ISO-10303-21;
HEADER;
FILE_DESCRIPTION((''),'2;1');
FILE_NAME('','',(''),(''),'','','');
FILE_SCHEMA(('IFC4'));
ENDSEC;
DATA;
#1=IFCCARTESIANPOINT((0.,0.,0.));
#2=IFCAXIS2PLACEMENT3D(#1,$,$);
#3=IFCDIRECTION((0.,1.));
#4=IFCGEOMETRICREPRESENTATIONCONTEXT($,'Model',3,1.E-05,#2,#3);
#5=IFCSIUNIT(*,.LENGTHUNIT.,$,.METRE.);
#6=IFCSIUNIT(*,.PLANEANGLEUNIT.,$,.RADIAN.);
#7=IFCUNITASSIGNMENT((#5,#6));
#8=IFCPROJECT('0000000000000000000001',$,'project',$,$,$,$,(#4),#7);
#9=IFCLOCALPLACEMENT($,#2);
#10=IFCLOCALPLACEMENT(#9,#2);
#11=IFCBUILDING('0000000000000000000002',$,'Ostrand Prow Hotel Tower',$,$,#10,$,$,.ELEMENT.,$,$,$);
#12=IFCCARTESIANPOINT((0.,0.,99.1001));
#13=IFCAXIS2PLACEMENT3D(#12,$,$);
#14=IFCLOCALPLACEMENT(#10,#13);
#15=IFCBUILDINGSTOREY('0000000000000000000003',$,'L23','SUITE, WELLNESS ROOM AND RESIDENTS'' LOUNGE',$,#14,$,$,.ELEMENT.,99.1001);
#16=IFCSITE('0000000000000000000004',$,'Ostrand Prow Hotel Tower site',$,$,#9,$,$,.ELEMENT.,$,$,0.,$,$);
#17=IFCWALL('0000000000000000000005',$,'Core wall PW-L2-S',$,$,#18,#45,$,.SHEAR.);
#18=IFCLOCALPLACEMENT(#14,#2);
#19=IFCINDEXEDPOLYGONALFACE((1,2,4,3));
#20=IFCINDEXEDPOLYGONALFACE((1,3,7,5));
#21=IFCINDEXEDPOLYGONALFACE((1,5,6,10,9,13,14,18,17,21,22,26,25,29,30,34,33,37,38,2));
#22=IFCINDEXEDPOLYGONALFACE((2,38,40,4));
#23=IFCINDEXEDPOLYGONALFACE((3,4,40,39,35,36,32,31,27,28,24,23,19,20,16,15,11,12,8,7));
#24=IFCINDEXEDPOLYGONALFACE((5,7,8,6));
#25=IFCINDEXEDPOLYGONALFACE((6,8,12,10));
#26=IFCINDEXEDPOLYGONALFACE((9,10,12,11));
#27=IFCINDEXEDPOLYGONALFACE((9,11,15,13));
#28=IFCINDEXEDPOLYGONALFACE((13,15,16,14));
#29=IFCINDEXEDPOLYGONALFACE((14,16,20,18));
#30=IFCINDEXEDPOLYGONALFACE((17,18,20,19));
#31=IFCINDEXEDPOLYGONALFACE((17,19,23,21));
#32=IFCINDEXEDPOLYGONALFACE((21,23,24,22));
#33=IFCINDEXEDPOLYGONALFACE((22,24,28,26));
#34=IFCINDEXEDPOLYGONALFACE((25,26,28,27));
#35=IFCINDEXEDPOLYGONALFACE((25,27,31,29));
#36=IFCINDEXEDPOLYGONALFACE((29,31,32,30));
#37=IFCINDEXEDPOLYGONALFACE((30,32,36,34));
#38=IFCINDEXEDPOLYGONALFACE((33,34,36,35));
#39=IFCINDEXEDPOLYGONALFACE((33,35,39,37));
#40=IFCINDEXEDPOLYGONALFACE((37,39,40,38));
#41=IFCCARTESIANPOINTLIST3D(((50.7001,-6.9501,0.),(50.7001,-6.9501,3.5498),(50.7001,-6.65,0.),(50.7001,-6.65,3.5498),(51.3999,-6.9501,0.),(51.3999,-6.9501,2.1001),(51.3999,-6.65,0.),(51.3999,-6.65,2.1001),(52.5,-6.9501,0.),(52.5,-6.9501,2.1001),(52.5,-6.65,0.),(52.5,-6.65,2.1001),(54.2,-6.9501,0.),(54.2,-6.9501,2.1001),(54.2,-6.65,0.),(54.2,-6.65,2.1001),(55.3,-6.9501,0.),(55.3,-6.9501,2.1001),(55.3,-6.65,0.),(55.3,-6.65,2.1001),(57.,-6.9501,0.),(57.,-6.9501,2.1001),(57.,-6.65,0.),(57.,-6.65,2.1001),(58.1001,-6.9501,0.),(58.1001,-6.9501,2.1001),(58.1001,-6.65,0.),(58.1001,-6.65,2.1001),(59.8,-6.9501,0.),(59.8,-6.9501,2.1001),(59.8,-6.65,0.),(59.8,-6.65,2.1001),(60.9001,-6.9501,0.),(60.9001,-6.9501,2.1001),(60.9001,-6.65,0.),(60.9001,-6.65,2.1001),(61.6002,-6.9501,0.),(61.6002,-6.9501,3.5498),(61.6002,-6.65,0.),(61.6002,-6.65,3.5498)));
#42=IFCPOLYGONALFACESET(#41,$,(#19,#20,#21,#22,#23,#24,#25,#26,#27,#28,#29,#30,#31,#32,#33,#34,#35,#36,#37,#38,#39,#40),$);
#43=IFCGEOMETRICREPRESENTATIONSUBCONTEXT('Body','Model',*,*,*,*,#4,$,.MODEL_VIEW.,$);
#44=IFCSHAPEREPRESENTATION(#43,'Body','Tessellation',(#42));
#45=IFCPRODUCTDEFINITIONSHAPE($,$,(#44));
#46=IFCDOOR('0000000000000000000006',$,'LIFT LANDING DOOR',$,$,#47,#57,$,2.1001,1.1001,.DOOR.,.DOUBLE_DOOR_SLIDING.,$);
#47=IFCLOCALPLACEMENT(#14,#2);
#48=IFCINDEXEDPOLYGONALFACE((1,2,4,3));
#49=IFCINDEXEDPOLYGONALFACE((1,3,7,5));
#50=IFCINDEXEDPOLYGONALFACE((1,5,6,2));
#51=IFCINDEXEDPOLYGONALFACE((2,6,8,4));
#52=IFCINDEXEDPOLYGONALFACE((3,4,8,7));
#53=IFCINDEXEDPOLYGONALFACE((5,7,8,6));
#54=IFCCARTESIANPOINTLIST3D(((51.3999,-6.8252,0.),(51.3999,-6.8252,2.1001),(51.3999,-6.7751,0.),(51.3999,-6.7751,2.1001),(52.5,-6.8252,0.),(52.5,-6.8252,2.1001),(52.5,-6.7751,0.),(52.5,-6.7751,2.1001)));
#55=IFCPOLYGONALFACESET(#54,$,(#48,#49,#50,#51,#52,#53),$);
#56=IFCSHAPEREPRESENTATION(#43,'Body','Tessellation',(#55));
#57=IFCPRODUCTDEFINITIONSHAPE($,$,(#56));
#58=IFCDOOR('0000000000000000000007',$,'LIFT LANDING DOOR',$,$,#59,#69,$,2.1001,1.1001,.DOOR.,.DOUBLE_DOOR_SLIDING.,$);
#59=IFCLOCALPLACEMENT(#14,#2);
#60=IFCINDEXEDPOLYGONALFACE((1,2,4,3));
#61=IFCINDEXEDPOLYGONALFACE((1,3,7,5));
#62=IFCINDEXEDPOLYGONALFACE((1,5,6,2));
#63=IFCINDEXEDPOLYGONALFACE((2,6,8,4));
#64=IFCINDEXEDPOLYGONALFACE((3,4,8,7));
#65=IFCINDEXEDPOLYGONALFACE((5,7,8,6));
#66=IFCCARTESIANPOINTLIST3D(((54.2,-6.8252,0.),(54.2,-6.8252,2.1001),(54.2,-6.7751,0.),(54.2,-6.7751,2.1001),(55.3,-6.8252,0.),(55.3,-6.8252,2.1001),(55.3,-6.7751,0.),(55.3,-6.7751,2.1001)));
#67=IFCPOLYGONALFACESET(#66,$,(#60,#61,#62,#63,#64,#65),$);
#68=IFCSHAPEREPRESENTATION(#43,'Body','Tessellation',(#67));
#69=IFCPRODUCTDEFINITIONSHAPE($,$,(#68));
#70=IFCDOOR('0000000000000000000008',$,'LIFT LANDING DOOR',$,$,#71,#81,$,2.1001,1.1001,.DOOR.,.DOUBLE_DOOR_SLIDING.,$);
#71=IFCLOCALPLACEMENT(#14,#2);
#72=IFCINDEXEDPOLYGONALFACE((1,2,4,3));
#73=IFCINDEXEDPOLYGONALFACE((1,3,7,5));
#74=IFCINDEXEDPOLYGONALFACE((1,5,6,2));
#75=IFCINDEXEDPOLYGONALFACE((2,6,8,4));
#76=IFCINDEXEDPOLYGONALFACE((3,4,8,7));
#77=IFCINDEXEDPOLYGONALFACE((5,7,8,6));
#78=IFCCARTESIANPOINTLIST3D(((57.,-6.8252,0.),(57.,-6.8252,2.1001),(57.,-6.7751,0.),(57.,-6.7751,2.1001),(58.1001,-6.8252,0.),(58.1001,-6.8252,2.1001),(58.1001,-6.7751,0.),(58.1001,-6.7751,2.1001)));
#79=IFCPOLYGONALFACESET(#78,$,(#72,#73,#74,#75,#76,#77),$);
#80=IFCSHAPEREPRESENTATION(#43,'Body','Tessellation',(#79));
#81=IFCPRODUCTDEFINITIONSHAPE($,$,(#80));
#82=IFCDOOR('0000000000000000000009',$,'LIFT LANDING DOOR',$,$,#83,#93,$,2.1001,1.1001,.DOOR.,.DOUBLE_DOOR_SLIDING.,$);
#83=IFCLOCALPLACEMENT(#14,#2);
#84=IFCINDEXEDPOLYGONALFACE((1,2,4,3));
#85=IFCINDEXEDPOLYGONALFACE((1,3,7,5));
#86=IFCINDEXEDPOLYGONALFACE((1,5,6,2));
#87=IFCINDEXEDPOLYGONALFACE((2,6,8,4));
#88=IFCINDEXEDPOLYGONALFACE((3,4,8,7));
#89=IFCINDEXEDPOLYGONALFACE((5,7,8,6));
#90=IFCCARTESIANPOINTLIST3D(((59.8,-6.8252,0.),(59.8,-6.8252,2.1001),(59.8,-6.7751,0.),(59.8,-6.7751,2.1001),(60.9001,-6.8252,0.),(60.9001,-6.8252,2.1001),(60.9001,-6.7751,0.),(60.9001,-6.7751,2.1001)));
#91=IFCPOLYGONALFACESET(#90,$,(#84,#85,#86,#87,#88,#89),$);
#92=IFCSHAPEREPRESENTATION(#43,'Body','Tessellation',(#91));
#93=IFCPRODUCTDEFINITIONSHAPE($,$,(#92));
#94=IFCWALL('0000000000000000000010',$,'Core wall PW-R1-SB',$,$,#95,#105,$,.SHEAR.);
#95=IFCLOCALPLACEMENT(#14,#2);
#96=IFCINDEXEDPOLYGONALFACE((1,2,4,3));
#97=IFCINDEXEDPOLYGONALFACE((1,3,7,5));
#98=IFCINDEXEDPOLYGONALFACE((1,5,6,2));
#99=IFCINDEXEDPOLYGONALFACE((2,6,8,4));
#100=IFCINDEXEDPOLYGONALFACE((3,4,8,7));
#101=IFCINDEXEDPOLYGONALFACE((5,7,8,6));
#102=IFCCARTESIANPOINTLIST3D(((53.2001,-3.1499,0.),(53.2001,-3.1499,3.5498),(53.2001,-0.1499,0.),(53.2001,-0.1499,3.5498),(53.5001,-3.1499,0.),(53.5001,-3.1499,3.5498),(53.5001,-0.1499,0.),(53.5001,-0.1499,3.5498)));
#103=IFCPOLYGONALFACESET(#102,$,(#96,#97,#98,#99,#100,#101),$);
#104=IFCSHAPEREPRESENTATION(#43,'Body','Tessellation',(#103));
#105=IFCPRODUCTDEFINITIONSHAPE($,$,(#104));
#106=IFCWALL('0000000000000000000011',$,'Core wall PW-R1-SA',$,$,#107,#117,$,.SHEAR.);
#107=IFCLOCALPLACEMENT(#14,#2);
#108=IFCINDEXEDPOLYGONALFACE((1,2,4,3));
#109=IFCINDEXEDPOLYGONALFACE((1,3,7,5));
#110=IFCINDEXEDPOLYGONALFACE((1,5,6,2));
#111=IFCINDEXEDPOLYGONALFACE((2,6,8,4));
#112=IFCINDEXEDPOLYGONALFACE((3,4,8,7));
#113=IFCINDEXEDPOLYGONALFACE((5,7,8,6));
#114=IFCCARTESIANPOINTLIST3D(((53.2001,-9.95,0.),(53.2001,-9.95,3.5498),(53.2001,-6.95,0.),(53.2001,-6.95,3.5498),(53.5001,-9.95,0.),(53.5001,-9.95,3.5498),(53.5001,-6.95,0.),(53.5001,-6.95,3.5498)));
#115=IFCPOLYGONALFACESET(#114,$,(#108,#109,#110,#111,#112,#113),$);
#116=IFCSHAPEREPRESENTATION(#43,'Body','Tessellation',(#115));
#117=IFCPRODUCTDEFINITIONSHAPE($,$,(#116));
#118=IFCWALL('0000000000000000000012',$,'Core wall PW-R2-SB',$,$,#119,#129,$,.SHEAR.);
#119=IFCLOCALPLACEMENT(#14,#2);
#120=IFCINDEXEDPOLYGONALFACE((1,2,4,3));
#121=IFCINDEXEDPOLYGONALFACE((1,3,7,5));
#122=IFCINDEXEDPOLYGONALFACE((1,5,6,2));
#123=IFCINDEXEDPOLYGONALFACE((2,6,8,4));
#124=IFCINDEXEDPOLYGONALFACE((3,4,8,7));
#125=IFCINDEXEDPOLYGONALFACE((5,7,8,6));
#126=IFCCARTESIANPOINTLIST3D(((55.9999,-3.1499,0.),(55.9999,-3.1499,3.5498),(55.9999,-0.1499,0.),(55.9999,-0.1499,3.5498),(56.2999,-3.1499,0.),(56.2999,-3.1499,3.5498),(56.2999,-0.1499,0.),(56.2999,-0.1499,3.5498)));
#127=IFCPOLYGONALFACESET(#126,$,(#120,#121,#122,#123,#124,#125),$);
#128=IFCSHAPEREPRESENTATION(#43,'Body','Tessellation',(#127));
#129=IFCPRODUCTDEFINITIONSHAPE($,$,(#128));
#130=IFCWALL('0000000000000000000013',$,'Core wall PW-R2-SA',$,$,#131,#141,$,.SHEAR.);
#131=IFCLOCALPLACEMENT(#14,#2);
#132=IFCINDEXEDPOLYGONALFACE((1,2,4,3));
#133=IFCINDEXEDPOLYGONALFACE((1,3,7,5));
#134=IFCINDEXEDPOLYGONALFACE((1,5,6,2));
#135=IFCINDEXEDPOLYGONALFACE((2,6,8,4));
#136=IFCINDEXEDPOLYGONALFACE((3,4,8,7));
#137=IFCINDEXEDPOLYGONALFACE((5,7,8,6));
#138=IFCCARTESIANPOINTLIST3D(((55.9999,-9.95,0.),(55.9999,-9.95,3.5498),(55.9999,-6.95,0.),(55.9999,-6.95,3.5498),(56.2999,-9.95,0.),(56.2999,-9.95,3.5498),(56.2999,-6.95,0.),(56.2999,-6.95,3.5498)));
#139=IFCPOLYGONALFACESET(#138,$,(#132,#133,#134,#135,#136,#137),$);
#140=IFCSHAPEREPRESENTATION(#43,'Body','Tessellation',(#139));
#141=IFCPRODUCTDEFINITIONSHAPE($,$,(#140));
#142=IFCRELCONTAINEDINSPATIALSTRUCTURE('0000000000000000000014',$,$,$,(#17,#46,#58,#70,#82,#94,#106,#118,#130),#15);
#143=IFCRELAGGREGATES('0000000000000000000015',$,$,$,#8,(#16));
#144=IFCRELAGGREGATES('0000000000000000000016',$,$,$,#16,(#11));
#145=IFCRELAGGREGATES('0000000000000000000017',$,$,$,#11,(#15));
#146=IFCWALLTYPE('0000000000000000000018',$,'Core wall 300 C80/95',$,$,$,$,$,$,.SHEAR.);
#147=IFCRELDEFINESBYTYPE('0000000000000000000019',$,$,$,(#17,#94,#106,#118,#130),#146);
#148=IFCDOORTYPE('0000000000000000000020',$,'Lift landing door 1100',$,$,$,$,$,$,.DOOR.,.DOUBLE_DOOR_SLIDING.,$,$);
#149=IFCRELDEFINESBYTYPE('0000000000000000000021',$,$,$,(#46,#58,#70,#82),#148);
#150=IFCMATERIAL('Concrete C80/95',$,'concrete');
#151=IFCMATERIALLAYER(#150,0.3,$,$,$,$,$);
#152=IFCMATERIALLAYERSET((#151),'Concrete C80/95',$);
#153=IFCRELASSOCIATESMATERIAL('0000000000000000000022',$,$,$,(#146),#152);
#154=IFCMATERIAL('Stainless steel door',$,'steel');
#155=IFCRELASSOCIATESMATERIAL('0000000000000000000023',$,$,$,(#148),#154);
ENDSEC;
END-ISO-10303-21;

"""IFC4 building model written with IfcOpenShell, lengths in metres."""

from ifc_helpers import new_model, si_unit, direction, frame, frame_2d, origin, place, context, subcontext, project, spatial, rectangle, extrude, material, layer, layer_set, type_object, element, fill, save


model = new_model("IFC4")

# Units and contexts
model_context = context("Model", 3, precision=1e-05, world=origin(), true_north=direction((0.0, 1.0)))
body_context = subcontext(model_context, "Body", "Model", "MODEL_VIEW")
ifc_project = project(units=[si_unit("LENGTHUNIT", "METRE"), si_unit("PLANEANGLEUNIT", "RADIAN")], contexts=[model_context])

# Site, building, storey
site_placement = place(None, origin())
site = spatial("IfcSite", under=ifc_project, at=site_placement, Name="Ostrand Prow Hotel Tower site", CompositionType="ELEMENT", RefElevation=0.0)
building_placement = place(site_placement, origin())
building = spatial("IfcBuilding", under=site, at=building_placement, Name="Ostrand Prow Hotel Tower", CompositionType="ELEMENT")
storey_placement = place(building_placement, frame((0.0, 0.0, 99.1001)))
storey = spatial("IfcBuildingStorey", under=building, at=storey_placement, Name="L23", Description="SUITE, WELLNESS ROOM AND RESIDENTS' LOUNGE", CompositionType="ELEMENT", Elevation=99.1001)

# Shared definitions
ifc_material_1 = material(Name="Concrete C80/95", Category="concrete")
ifc_layer_1 = layer(ifc_material_1, 0.3)
ifc_layer_set_1 = layer_set([ifc_layer_1], Name="Concrete C80/95")
wall_type_1 = type_object("IfcWallType", Name="Core wall 300 C80/95", PredefinedType="SHEAR", material=ifc_layer_set_1)

# Wall, openings, doors
wall_1_placement = place(storey_placement, frame((50.7, -6.8, 0.0), z_axis=(0.0, 0.0, 1.0), x_axis=(1.0, 0.0, 0.0)))
wall_1 = element("IfcWall", 1, at=wall_1_placement, inside=storey, type_object=wall_type_1, Name="Core wall PW-L2-S", PredefinedType="SHEAR", context=body_context, shape_type="SweptSolid", body=[
    extrude(rectangle(XDim=10.9001, YDim=0.3, at=frame_2d((5.4502, 0.0))), origin(), (0.0, 0.0, 1.0), 3.5498),
])
opening_1_placement = place(wall_1_placement, frame((0.7, 0.0, 0.0)))
opening_1 = element("IfcOpeningElement", 2, at=opening_1_placement, cuts=wall_1, PredefinedType="OPENING", context=body_context, shape_type="SweptSolid", body=[
    extrude(rectangle(XDim=1.1001, YDim=2.1001, at=frame_2d((0.55, 1.05))), frame((0.0, 0.1599, 0.0), z_axis=(0.0, -1.0, 0.0), x_axis=(1.0, 0.0, 0.0)), (0.0, 0.0, 1.0), 0.3201),
])
opening_2_placement = place(wall_1_placement, frame((3.5, 0.0, 0.0)))
opening_2 = element("IfcOpeningElement", 3, at=opening_2_placement, cuts=wall_1, PredefinedType="OPENING", context=body_context, shape_type="SweptSolid", body=[
    extrude(rectangle(XDim=1.1001, YDim=2.1001, at=frame_2d((0.55, 1.05))), frame((0.0, 0.1599, 0.0), z_axis=(0.0, -1.0, 0.0), x_axis=(1.0, 0.0, 0.0)), (0.0, 0.0, 1.0), 0.3201),
])
opening_3_placement = place(wall_1_placement, frame((6.3, 0.0, 0.0)))
opening_3 = element("IfcOpeningElement", 4, at=opening_3_placement, cuts=wall_1, PredefinedType="OPENING", context=body_context, shape_type="SweptSolid", body=[
    extrude(rectangle(XDim=1.1001, YDim=2.1001, at=frame_2d((0.55, 1.05))), frame((0.0, 0.1599, 0.0), z_axis=(0.0, -1.0, 0.0), x_axis=(1.0, 0.0, 0.0)), (0.0, 0.0, 1.0), 0.3201),
])
opening_4_placement = place(wall_1_placement, frame((9.1001, 0.0, 0.0)))
opening_4 = element("IfcOpeningElement", 5, at=opening_4_placement, cuts=wall_1, PredefinedType="OPENING", context=body_context, shape_type="SweptSolid", body=[
    extrude(rectangle(XDim=1.1001, YDim=2.1001, at=frame_2d((0.55, 1.05))), frame((0.0, 0.1599, 0.0), z_axis=(0.0, -1.0, 0.0), x_axis=(1.0, 0.0, 0.0)), (0.0, 0.0, 1.0), 0.3201),
])
ifc_material_2 = material(Name="Stainless steel door", Category="steel")
door_type_1 = type_object("IfcDoorType", Name="Lift landing door 1100", OperationType="DOUBLE_DOOR_SLIDING", PredefinedType="DOOR", material=ifc_material_2)
door_1_placement = place(opening_1_placement, origin())
door_1 = element("IfcDoor", 6, at=door_1_placement, inside=storey, type_object=door_type_1, Name="LIFT LANDING DOOR", OperationType="DOUBLE_DOOR_SLIDING", OverallHeight=2.1001, OverallWidth=1.1001, PredefinedType="DOOR", context=body_context, shape_type="SweptSolid", body=[
    extrude(rectangle(XDim=1.1001, YDim=2.1001, at=frame_2d((0.55, 1.05))), frame((0.0, 0.0249, 0.0), z_axis=(0.0, -1.0, 0.0), x_axis=(1.0, 0.0, 0.0)), (0.0, 0.0, 1.0), 0.05),
])
fill(opening_1, door_1)
door_2_placement = place(opening_2_placement, origin())
door_2 = element("IfcDoor", 7, at=door_2_placement, inside=storey, type_object=door_type_1, Name="LIFT LANDING DOOR", OperationType="DOUBLE_DOOR_SLIDING", OverallHeight=2.1001, OverallWidth=1.1001, PredefinedType="DOOR", context=body_context, shape_type="SweptSolid", body=[
    extrude(rectangle(XDim=1.1001, YDim=2.1001, at=frame_2d((0.55, 1.05))), frame((0.0, 0.0249, 0.0), z_axis=(0.0, -1.0, 0.0), x_axis=(1.0, 0.0, 0.0)), (0.0, 0.0, 1.0), 0.05),
])
fill(opening_2, door_2)
door_3_placement = place(opening_3_placement, origin())
door_3 = element("IfcDoor", 8, at=door_3_placement, inside=storey, type_object=door_type_1, Name="LIFT LANDING DOOR", OperationType="DOUBLE_DOOR_SLIDING", OverallHeight=2.1001, OverallWidth=1.1001, PredefinedType="DOOR", context=body_context, shape_type="SweptSolid", body=[
    extrude(rectangle(XDim=1.1001, YDim=2.1001, at=frame_2d((0.55, 1.05))), frame((0.0, 0.0249, 0.0), z_axis=(0.0, -1.0, 0.0), x_axis=(1.0, 0.0, 0.0)), (0.0, 0.0, 1.0), 0.05),
])
fill(opening_3, door_3)
door_4_placement = place(opening_4_placement, origin())
door_4 = element("IfcDoor", 9, at=door_4_placement, inside=storey, type_object=door_type_1, Name="LIFT LANDING DOOR", OperationType="DOUBLE_DOOR_SLIDING", OverallHeight=2.1001, OverallWidth=1.1001, PredefinedType="DOOR", context=body_context, shape_type="SweptSolid", body=[
    extrude(rectangle(XDim=1.1001, YDim=2.1001, at=frame_2d((0.55, 1.05))), frame((0.0, 0.0249, 0.0), z_axis=(0.0, -1.0, 0.0), x_axis=(1.0, 0.0, 0.0)), (0.0, 0.0, 1.0), 0.05),
])
fill(opening_4, door_4)

# Walls
for number, where, z_axis, x_axis, name in (
    (10, (53.3501, -3.1499, 0.0), (0.0, 0.0, 1.0), (0.0, 1.0, 0.0), "Core wall PW-R1-SB"),
    (11, (53.3501, -9.95, 0.0), (0.0, 0.0, 1.0), (0.0, 1.0, 0.0), "Core wall PW-R1-SA"),
    (12, (56.1499, -3.1499, 0.0), (0.0, 0.0, 1.0), (0.0, 1.0, 0.0), "Core wall PW-R2-SB"),
    (13, (56.1499, -9.95, 0.0), (0.0, 0.0, 1.0), (0.0, 1.0, 0.0), "Core wall PW-R2-SA"),
):
    element("IfcWall", number, at=place(storey_placement, frame(where, z_axis=z_axis, x_axis=x_axis)), inside=storey, type_object=wall_type_1, Name=name, PredefinedType="SHEAR", context=body_context, shape_type="SweptSolid", body=[
        extrude(rectangle(XDim=3.0, YDim=0.3, at=frame_2d((1.5, 0.0))), origin(), (0.0, 0.0, 1.0), 3.5498),
    ])

save(model, "model.ifc")
